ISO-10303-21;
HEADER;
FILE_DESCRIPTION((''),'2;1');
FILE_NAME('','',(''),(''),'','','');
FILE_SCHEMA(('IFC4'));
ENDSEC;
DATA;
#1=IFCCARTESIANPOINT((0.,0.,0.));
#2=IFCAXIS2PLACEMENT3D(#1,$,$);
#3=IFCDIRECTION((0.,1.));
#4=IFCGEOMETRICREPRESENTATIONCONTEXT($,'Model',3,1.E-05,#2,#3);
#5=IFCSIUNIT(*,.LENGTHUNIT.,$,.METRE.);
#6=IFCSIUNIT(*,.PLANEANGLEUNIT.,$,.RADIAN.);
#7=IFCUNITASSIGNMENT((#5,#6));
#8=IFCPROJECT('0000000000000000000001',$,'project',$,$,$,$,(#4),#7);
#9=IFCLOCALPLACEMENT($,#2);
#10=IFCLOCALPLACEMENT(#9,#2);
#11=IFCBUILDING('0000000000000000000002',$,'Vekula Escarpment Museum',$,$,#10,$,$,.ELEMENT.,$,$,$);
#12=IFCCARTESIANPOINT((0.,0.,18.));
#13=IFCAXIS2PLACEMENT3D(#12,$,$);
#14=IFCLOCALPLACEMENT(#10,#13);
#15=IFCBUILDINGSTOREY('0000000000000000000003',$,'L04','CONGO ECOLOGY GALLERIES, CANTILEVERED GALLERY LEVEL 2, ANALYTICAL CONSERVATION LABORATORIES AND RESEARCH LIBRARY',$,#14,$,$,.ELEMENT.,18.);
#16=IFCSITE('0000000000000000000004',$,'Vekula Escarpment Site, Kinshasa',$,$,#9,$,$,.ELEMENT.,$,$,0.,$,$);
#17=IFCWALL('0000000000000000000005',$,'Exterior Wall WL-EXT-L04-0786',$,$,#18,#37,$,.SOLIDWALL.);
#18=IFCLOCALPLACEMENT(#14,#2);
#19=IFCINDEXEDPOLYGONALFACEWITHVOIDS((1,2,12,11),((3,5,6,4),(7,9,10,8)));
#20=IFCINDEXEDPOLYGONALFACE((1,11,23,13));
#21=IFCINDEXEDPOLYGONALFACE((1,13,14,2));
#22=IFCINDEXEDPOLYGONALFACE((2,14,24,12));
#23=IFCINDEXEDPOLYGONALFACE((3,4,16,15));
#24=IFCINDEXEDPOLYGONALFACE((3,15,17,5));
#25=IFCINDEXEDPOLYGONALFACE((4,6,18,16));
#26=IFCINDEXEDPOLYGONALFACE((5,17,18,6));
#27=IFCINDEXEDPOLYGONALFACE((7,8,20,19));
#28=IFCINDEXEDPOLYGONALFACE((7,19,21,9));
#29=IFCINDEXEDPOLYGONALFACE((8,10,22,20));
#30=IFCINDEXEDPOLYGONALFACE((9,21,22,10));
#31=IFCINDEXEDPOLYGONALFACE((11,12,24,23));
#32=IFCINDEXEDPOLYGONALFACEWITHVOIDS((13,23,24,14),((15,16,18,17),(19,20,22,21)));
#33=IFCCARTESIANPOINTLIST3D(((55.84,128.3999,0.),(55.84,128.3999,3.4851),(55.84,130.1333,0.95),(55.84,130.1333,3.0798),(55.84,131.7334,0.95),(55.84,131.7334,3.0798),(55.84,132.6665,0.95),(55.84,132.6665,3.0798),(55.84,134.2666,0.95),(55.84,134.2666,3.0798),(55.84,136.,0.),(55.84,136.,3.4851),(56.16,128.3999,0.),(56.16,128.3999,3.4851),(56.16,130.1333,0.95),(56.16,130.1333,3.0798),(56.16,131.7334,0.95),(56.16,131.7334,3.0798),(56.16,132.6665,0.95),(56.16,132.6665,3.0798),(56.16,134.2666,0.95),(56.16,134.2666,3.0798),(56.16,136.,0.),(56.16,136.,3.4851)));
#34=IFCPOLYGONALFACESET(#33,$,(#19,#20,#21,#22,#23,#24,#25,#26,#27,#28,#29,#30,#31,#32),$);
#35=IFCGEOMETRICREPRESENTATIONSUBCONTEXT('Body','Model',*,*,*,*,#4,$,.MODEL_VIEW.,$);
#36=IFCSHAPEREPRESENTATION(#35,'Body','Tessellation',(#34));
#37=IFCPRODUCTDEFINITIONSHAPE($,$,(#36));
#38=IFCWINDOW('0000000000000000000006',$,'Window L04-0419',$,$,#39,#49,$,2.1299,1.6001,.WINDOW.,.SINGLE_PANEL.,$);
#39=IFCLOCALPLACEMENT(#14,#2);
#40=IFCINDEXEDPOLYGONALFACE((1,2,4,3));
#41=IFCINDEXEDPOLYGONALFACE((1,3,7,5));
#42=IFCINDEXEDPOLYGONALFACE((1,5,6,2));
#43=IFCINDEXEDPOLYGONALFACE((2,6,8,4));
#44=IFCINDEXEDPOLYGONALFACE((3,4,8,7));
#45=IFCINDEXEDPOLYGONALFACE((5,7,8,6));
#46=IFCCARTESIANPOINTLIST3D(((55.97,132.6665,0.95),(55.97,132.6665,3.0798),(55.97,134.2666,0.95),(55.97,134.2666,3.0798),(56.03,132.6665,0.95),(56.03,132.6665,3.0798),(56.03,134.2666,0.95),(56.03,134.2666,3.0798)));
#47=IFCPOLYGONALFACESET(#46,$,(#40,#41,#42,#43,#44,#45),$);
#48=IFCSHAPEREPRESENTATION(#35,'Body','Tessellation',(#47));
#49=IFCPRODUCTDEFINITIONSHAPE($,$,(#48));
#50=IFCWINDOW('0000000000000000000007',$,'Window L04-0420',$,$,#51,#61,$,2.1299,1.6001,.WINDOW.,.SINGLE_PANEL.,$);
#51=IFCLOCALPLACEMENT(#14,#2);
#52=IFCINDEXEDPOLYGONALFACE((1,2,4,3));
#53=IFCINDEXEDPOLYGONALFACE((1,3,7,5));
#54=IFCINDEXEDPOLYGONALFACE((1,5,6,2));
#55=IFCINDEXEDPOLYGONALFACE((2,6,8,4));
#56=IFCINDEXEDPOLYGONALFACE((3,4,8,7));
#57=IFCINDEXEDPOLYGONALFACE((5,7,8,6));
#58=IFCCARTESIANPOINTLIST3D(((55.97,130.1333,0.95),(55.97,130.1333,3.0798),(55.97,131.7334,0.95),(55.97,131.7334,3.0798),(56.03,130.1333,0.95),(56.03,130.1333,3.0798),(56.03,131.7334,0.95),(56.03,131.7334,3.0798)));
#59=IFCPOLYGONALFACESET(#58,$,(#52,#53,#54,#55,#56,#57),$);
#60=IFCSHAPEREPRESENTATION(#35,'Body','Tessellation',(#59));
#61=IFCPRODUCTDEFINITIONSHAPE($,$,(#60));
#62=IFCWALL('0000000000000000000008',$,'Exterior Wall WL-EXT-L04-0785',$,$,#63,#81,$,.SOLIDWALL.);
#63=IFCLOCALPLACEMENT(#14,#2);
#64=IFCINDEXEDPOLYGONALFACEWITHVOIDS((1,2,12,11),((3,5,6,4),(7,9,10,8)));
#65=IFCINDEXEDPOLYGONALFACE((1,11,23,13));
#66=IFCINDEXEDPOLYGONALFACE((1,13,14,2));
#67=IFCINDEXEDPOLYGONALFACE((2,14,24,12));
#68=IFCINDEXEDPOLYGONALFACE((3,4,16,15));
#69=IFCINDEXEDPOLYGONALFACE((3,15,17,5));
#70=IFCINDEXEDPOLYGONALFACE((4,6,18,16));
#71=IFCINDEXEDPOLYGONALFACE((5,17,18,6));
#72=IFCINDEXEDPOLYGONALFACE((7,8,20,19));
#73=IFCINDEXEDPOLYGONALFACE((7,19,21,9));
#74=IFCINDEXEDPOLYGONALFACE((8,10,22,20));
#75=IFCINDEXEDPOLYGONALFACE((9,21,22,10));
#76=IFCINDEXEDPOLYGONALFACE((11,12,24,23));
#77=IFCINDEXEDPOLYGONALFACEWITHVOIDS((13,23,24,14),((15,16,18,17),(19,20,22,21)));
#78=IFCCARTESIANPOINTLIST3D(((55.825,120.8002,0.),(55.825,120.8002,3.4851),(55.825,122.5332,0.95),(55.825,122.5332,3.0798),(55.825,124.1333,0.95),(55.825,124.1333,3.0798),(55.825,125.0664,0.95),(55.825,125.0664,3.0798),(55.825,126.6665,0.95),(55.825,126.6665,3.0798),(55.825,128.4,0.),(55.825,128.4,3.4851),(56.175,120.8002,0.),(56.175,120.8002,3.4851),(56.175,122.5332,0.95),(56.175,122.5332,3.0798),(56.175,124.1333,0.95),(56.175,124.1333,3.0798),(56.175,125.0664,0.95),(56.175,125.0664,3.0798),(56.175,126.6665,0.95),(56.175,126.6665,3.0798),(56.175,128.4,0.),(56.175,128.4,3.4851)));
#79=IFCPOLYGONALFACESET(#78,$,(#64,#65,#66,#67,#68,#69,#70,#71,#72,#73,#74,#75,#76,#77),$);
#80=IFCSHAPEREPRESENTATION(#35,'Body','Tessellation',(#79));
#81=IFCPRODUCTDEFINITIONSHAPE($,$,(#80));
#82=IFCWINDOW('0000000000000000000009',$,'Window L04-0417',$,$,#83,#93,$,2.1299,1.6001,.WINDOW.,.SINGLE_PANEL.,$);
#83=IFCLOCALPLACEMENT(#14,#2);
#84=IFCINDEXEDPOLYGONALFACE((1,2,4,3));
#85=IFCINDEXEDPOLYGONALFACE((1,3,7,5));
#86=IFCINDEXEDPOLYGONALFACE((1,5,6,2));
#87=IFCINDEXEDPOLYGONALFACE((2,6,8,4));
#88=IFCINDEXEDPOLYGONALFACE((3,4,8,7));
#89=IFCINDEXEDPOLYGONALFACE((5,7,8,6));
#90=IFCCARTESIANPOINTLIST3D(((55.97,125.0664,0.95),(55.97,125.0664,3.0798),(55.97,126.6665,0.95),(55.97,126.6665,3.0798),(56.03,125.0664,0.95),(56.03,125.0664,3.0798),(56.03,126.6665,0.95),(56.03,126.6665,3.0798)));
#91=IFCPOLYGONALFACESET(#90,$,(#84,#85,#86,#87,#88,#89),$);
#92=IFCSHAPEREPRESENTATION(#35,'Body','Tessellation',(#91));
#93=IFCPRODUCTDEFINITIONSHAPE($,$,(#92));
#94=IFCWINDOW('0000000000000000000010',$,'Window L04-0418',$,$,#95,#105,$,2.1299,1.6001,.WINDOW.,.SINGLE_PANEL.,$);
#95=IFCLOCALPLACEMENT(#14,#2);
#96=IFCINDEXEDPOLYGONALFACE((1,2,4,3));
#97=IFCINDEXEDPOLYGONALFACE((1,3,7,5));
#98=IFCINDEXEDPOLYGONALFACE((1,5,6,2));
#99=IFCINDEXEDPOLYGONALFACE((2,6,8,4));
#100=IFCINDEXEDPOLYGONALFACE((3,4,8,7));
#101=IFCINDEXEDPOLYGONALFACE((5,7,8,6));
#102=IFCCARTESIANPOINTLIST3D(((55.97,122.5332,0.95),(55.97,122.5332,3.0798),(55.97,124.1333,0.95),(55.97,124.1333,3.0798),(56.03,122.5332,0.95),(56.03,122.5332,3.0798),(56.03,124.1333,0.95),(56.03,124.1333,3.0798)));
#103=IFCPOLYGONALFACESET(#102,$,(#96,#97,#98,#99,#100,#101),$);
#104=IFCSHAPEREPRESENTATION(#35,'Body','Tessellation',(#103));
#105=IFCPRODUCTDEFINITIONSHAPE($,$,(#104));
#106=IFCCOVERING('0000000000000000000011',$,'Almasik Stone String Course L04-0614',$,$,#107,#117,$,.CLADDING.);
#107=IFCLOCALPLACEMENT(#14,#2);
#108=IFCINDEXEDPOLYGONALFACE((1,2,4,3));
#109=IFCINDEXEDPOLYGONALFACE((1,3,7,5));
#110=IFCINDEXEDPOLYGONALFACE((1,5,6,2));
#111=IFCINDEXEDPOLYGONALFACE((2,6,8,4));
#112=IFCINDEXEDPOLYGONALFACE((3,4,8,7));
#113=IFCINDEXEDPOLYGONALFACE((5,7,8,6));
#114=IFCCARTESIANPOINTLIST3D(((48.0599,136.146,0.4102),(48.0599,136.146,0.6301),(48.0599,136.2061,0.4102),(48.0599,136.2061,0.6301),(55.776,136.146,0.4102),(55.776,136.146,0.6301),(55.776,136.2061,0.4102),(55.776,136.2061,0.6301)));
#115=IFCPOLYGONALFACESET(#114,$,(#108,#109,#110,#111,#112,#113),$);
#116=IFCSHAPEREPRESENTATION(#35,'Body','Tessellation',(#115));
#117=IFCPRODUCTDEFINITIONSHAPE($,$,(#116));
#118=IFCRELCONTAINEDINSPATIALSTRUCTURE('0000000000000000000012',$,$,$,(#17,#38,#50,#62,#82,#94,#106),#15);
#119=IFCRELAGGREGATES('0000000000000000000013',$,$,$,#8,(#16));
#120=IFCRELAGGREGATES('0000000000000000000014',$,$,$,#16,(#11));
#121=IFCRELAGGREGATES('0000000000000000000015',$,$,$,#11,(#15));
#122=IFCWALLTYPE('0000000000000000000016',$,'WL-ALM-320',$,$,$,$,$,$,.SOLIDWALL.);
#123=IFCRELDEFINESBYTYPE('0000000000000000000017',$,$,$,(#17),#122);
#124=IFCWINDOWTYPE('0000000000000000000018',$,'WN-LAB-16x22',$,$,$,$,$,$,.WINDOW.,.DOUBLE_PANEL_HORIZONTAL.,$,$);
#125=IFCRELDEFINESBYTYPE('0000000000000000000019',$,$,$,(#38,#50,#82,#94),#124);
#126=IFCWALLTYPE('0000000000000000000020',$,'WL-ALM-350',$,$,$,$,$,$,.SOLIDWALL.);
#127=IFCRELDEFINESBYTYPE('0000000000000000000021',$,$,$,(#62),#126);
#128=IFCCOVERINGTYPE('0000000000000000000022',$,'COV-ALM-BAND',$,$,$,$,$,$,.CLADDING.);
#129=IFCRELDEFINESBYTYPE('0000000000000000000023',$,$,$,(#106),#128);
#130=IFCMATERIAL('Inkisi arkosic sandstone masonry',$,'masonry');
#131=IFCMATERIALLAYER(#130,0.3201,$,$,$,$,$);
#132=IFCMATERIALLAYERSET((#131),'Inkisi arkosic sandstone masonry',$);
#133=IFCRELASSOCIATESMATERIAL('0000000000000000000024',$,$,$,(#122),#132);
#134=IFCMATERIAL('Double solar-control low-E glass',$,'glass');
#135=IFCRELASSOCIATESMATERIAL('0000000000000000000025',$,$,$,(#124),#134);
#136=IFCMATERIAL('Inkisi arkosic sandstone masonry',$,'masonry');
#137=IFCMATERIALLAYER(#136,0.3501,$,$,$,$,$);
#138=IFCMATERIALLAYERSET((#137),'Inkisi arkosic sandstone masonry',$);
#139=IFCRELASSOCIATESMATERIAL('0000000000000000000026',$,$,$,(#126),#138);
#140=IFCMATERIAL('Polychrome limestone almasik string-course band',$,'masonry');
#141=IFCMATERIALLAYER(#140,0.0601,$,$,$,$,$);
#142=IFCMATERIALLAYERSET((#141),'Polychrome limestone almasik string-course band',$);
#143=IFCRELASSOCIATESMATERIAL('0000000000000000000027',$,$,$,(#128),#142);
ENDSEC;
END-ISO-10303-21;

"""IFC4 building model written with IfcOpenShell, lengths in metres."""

from ifc_helpers import new_model, si_unit, direction, frame, frame_2d, origin, origin_2d, place, context, subcontext, project, spatial, rectangle, extrude, material, layer, layer_set, type_object, element, fill, save


model = new_model("IFC4")

# Units and contexts
model_context = context("Model", 3, precision=1e-05, world=origin(), true_north=direction((0.0, 1.0)))
body_context = subcontext(model_context, "Body", "Model", "MODEL_VIEW")
ifc_project = project(units=[si_unit("LENGTHUNIT", "METRE"), si_unit("PLANEANGLEUNIT", "RADIAN")], contexts=[model_context])

# Site, building, storey
site_placement = place(None, origin())
site = spatial("IfcSite", under=ifc_project, at=site_placement, Name="Vekula Escarpment Site, Kinshasa", CompositionType="ELEMENT", RefElevation=0.0)
building_placement = place(site_placement, origin())
building = spatial("IfcBuilding", under=site, at=building_placement, Name="Vekula Escarpment Museum", CompositionType="ELEMENT")
storey_placement = place(building_placement, frame((0.0, 0.0, 18.0)))
storey = spatial("IfcBuildingStorey", under=building, at=storey_placement, Name="L04", Description="CONGO ECOLOGY GALLERIES, CANTILEVERED GALLERY LEVEL 2, ANALYTICAL CONSERVATION LABORATORIES AND RESEARCH LIBRARY", CompositionType="ELEMENT", Elevation=18.0)

# Walls, openings, windows
ifc_material_1 = material(Name="Inkisi arkosic sandstone masonry", Category="masonry")
ifc_layer_1 = layer(ifc_material_1, 0.3201)
ifc_layer_set_1 = layer_set([ifc_layer_1], Name="Inkisi arkosic sandstone masonry")
wall_type_1 = type_object("IfcWallType", Name="WL-ALM-320", PredefinedType="SOLIDWALL", material=ifc_layer_set_1)
wall_1_placement = place(storey_placement, frame((56.0, 136.0, 0.0), z_axis=(0.0, 0.0, 1.0), x_axis=(0.0, -1.0, 0.0)))
wall_1 = element("IfcWall", 1, at=wall_1_placement, inside=storey, type_object=wall_type_1, Name="Exterior Wall WL-EXT-L04-0786", PredefinedType="SOLIDWALL", context=body_context, shape_type="SweptSolid", body=[
    extrude(rectangle(XDim=7.6001, YDim=0.3201, at=frame_2d((3.8, 0.0))), origin(), (0.0, 0.0, 1.0), 3.4851),
])
opening_1_placement = place(wall_1_placement, frame((1.7334, 0.0, 0.95)))
opening_1 = element("IfcOpeningElement", 2, at=opening_1_placement, cuts=wall_1, PredefinedType="OPENING", context=body_context, shape_type="SweptSolid", body=[
    extrude(rectangle(XDim=1.6001, YDim=2.1299, at=frame_2d((0.8, 1.0649))), frame((0.0, 0.1699, 0.0), z_axis=(0.0, -1.0, 0.0), x_axis=(1.0, 0.0, 0.0)), (0.0, 0.0, 1.0), 0.3401),
])
opening_2_placement = place(wall_1_placement, frame((4.2666, 0.0, 0.95)))
opening_2 = element("IfcOpeningElement", 3, at=opening_2_placement, cuts=wall_1, PredefinedType="OPENING", context=body_context, shape_type="SweptSolid", body=[
    extrude(rectangle(XDim=1.6001, YDim=2.1299, at=frame_2d((0.8, 1.0649))), frame((0.0, 0.1699, 0.0), z_axis=(0.0, -1.0, 0.0), x_axis=(1.0, 0.0, 0.0)), (0.0, 0.0, 1.0), 0.3401),
])
ifc_material_2 = material(Name="Double solar-control low-E glass", Category="glass")
window_type = type_object("IfcWindowType", Name="WN-LAB-16x22", PartitioningType="DOUBLE_PANEL_HORIZONTAL", PredefinedType="WINDOW", material=ifc_material_2)
window_1_placement = place(opening_1_placement, origin())
window_1 = element("IfcWindow", 4, at=window_1_placement, inside=storey, type_object=window_type, Name="Window L04-0419", OverallHeight=2.1299, OverallWidth=1.6001, PartitioningType="SINGLE_PANEL", PredefinedType="WINDOW", context=body_context, shape_type="SweptSolid", body=[
    extrude(rectangle(XDim=1.6001, YDim=2.1299, at=frame_2d((0.8, 1.0649))), frame((0.0, 0.03, 0.0), z_axis=(0.0, -1.0, 0.0), x_axis=(1.0, 0.0, 0.0)), (0.0, 0.0, 1.0), 0.0601),
])
fill(opening_1, window_1)
window_2_placement = place(opening_2_placement, origin())
window_2 = element("IfcWindow", 5, at=window_2_placement, inside=storey, type_object=window_type, Name="Window L04-0420", OverallHeight=2.1299, OverallWidth=1.6001, PartitioningType="SINGLE_PANEL", PredefinedType="WINDOW", context=body_context, shape_type="SweptSolid", body=[
    extrude(rectangle(XDim=1.6001, YDim=2.1299, at=frame_2d((0.8, 1.0649))), frame((0.0, 0.03, 0.0), z_axis=(0.0, -1.0, 0.0), x_axis=(1.0, 0.0, 0.0)), (0.0, 0.0, 1.0), 0.0601),
])
fill(opening_2, window_2)
ifc_material_3 = material(Name="Inkisi arkosic sandstone masonry", Category="masonry")
ifc_layer_2 = layer(ifc_material_3, 0.3501)
ifc_layer_set_2 = layer_set([ifc_layer_2], Name="Inkisi arkosic sandstone masonry")
wall_type_2 = type_object("IfcWallType", Name="WL-ALM-350", PredefinedType="SOLIDWALL", material=ifc_layer_set_2)
wall_2_placement = place(storey_placement, frame((56.0, 128.3999, 0.0), z_axis=(0.0, 0.0, 1.0), x_axis=(0.0, -1.0, 0.0)))
wall_2 = element("IfcWall", 6, at=wall_2_placement, inside=storey, type_object=wall_type_2, Name="Exterior Wall WL-EXT-L04-0785", PredefinedType="SOLIDWALL", context=body_context, shape_type="SweptSolid", body=[
    extrude(rectangle(XDim=7.5999, YDim=0.3501, at=frame_2d((3.7998, 0.0))), origin(), (0.0, 0.0, 1.0), 3.4851),
])
opening_3_placement = place(wall_2_placement, frame((1.7334, 0.0, 0.95)))
opening_3 = element("IfcOpeningElement", 7, at=opening_3_placement, cuts=wall_2, PredefinedType="OPENING", context=body_context, shape_type="SweptSolid", body=[
    extrude(rectangle(XDim=1.6001, YDim=2.1299, at=frame_2d((0.8, 1.0649))), frame((0.0, 0.1851, 0.0), z_axis=(0.0, -1.0, 0.0), x_axis=(1.0, 0.0, 0.0)), (0.0, 0.0, 1.0), 0.3701),
])
opening_4_placement = place(wall_2_placement, frame((4.2666, 0.0, 0.95)))
opening_4 = element("IfcOpeningElement", 8, at=opening_4_placement, cuts=wall_2, PredefinedType="OPENING", context=body_context, shape_type="SweptSolid", body=[
    extrude(rectangle(XDim=1.6001, YDim=2.1299, at=frame_2d((0.8, 1.0649))), frame((0.0, 0.1851, 0.0), z_axis=(0.0, -1.0, 0.0), x_axis=(1.0, 0.0, 0.0)), (0.0, 0.0, 1.0), 0.3701),
])
window_3_placement = place(opening_3_placement, origin())
window_3 = element("IfcWindow", 9, at=window_3_placement, inside=storey, type_object=window_type, Name="Window L04-0417", OverallHeight=2.1299, OverallWidth=1.6001, PartitioningType="SINGLE_PANEL", PredefinedType="WINDOW", context=body_context, shape_type="SweptSolid", body=[
    extrude(rectangle(XDim=1.6001, YDim=2.1299, at=frame_2d((0.8, 1.0649))), frame((0.0, 0.03, 0.0), z_axis=(0.0, -1.0, 0.0), x_axis=(1.0, 0.0, 0.0)), (0.0, 0.0, 1.0), 0.0601),
])
fill(opening_3, window_3)
window_4_placement = place(opening_4_placement, origin())
window_4 = element("IfcWindow", 10, at=window_4_placement, inside=storey, type_object=window_type, Name="Window L04-0418", OverallHeight=2.1299, OverallWidth=1.6001, PartitioningType="SINGLE_PANEL", PredefinedType="WINDOW", context=body_context, shape_type="SweptSolid", body=[
    extrude(rectangle(XDim=1.6001, YDim=2.1299, at=frame_2d((0.8, 1.0649))), frame((0.0, 0.03, 0.0), z_axis=(0.0, -1.0, 0.0), x_axis=(1.0, 0.0, 0.0)), (0.0, 0.0, 1.0), 0.0601),
])
fill(opening_4, window_4)

# Covering
ifc_material_4 = material(Name="Polychrome limestone almasik string-course band", Category="masonry")
ifc_layer_3 = layer(ifc_material_4, 0.0601)
ifc_layer_set_3 = layer_set([ifc_layer_3], Name="Polychrome limestone almasik string-course band")
covering_type = type_object("IfcCoveringType", Name="COV-ALM-BAND", PredefinedType="CLADDING", material=ifc_layer_set_3)
covering_placement = place(storey_placement, frame((51.918, 136.176, 0.4102), z_axis=(0.0, 0.0, 1.0), x_axis=(1.0, 0.0, 0.0)))
element("IfcCovering", 11, at=covering_placement, inside=storey, type_object=covering_type, Name="Almasik Stone String Course L04-0614", PredefinedType="CLADDING", context=body_context, shape_type="SweptSolid", body=[
    extrude(rectangle(XDim=7.7161, YDim=0.0601, at=origin_2d()), origin(), (0.0, 0.0, 1.0), 0.22),
])

save(model, "model.ifc")
